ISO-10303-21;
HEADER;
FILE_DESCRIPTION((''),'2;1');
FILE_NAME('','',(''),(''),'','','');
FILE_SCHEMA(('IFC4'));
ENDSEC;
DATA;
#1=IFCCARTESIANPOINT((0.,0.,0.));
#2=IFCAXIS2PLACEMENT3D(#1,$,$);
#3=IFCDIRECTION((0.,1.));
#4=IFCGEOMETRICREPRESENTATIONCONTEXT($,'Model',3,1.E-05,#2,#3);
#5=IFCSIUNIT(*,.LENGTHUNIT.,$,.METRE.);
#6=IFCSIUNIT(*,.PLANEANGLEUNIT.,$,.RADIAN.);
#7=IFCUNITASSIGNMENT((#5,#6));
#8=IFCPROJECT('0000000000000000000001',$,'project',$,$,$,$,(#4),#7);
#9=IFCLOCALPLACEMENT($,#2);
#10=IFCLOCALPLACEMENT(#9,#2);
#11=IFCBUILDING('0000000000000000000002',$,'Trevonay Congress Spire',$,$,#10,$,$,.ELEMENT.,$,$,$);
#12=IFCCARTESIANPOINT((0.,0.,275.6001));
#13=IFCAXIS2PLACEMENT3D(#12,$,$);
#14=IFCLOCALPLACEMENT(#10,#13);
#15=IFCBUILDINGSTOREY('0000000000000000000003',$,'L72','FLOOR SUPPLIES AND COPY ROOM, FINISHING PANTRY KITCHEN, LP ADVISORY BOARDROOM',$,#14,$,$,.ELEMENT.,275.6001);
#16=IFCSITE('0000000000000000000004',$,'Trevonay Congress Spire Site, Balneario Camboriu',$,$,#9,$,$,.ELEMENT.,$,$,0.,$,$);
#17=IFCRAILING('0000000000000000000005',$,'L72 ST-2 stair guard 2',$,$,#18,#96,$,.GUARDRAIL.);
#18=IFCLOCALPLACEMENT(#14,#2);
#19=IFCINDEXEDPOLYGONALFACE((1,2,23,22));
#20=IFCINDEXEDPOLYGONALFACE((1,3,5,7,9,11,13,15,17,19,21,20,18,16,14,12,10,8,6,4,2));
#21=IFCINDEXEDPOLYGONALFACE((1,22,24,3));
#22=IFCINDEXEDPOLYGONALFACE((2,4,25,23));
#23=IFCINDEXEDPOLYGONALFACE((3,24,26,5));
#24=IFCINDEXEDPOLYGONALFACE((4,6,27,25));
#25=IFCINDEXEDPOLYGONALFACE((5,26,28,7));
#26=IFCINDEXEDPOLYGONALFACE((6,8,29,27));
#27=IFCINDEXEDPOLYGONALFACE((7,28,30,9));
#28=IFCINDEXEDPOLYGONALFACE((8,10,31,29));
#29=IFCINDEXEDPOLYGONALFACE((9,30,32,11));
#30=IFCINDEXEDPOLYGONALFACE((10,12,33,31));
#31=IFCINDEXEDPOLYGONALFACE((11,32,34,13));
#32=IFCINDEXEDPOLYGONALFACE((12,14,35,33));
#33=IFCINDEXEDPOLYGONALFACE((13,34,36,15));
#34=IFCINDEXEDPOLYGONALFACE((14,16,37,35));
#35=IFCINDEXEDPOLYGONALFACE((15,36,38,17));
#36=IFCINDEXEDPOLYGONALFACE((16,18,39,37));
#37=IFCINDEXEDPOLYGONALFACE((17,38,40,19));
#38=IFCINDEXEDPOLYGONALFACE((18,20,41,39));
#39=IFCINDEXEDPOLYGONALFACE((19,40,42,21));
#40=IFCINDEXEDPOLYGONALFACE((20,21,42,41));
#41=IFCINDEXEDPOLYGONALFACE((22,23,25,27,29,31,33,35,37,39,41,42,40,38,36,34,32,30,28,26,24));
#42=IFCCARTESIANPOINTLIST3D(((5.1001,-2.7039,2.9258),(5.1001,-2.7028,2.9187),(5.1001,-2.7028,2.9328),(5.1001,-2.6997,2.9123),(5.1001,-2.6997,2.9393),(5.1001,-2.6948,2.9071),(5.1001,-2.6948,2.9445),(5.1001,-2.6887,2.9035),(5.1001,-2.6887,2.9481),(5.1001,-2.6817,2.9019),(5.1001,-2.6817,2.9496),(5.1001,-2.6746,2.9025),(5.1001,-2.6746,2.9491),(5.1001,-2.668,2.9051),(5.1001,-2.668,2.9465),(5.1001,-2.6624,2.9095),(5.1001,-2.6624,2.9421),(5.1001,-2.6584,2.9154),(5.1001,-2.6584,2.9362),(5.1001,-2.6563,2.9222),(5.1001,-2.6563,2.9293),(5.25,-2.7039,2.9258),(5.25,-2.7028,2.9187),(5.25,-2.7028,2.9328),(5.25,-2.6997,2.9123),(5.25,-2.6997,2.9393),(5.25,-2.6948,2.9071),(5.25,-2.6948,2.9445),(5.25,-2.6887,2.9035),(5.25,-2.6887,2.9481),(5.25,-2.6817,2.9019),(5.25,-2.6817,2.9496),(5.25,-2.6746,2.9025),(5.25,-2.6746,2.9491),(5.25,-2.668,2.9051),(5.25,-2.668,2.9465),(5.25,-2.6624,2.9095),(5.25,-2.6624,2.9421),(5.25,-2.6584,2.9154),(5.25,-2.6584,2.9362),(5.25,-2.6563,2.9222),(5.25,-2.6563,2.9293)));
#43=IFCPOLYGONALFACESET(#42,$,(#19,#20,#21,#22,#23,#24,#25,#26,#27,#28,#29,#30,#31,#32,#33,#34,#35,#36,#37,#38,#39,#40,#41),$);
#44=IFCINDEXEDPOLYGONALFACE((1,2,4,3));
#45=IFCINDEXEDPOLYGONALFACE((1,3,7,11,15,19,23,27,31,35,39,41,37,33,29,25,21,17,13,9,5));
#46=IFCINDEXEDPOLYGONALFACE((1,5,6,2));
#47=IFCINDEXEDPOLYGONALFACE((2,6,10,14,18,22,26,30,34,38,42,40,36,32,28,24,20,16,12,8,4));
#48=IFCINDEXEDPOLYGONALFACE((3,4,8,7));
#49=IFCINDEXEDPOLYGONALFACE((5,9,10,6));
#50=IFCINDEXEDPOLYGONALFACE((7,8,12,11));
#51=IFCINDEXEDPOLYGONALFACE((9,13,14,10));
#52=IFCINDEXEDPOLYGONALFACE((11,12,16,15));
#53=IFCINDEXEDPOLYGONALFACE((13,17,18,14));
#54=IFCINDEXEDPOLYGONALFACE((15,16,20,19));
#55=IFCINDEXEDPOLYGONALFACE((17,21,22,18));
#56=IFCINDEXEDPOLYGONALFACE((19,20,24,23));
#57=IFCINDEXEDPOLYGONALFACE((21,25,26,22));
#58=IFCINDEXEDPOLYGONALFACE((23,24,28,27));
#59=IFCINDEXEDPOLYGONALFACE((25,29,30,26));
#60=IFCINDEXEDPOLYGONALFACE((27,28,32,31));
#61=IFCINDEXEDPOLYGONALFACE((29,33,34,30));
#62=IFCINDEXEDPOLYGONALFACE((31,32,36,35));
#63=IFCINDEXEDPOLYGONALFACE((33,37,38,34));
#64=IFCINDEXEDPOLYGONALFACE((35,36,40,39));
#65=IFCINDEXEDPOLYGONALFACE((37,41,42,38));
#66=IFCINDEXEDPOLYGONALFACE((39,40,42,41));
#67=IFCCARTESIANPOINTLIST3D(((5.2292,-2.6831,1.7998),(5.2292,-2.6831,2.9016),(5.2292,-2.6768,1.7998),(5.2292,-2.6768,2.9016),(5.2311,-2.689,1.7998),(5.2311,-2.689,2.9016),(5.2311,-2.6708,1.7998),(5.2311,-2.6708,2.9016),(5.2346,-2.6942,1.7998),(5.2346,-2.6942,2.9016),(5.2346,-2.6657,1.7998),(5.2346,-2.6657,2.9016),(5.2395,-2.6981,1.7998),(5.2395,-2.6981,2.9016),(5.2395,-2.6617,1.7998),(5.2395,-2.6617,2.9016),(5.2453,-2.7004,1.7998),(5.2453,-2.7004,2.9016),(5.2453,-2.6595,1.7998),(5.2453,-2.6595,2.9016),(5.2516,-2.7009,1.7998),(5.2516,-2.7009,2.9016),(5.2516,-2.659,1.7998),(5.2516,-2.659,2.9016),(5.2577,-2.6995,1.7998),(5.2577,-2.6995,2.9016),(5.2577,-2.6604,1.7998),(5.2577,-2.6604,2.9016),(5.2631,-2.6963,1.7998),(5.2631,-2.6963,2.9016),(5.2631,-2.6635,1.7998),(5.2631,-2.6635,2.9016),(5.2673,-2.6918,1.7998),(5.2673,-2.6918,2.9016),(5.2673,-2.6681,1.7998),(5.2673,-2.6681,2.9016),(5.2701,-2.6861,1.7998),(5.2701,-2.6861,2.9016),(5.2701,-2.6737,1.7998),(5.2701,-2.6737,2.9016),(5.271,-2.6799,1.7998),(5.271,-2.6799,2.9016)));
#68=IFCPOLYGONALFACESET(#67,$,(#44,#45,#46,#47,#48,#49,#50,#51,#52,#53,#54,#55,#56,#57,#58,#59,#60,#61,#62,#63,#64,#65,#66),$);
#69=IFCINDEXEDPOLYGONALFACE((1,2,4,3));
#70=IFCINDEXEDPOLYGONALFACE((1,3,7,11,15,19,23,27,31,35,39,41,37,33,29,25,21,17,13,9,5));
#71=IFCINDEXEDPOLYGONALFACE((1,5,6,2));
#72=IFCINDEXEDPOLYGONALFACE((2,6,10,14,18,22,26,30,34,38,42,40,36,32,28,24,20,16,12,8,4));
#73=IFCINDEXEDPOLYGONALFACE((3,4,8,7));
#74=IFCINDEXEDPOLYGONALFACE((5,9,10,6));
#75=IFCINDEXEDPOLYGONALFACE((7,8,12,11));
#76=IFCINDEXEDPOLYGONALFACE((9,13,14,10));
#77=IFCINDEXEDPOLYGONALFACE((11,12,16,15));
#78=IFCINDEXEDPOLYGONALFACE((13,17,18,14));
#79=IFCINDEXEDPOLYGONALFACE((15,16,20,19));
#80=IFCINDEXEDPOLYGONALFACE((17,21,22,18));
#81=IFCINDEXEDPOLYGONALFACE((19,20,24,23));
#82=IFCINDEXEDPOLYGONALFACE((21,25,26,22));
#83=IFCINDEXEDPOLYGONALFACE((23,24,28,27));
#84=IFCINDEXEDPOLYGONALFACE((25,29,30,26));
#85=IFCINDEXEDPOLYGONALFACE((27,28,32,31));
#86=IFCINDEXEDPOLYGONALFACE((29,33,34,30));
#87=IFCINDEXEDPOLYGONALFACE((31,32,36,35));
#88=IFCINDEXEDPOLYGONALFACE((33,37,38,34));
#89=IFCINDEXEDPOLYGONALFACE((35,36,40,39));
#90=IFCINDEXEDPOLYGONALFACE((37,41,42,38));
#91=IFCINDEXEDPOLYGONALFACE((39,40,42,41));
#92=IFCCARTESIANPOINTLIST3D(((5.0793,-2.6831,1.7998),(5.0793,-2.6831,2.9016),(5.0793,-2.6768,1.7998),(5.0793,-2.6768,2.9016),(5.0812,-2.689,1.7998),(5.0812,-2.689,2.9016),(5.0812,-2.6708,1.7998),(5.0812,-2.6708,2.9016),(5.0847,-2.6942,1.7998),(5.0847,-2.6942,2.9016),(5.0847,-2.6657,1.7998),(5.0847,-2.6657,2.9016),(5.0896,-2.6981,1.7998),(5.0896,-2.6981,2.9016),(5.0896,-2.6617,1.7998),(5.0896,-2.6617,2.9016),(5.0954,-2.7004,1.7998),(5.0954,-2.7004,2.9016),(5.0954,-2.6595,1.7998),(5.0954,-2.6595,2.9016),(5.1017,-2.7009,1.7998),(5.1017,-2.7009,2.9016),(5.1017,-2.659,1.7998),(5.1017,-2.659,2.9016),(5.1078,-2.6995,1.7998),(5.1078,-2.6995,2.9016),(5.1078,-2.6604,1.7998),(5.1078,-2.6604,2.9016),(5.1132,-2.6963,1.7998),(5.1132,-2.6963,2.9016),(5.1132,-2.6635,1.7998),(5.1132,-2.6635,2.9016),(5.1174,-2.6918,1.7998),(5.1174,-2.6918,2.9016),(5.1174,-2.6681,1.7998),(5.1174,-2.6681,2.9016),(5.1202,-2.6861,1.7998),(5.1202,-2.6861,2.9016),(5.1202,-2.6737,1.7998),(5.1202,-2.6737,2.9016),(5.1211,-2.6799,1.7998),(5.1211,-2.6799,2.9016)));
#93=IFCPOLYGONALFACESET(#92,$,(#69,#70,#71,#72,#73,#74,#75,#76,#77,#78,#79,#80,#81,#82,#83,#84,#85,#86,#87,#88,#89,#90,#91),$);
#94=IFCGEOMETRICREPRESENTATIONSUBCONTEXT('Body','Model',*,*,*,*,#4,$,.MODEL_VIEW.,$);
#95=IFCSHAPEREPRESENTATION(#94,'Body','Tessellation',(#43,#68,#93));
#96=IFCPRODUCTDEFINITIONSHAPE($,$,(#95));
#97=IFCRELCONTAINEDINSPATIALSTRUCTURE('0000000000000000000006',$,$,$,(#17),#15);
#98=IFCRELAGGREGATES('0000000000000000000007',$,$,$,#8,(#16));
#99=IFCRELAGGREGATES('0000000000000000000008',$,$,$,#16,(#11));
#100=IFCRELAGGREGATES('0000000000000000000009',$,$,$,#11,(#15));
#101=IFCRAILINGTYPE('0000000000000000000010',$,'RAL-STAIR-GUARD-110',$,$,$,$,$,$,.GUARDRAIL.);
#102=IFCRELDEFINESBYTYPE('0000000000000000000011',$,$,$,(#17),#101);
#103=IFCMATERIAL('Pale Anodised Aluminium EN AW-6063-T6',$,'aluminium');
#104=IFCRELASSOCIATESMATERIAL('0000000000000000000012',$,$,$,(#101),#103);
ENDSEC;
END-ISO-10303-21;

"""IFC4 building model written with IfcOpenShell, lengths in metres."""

from ifc_helpers import new_model, si_unit, direction, frame, origin, origin_2d, place, context, subcontext, project, spatial, circle, extrude, material, type_object, element, save


model = new_model("IFC4")

# Units and contexts
model_context = context("Model", 3, precision=1e-05, world=origin(), true_north=direction((0.0, 1.0)))
body_context = subcontext(model_context, "Body", "Model", "MODEL_VIEW")
ifc_project = project(units=[si_unit("LENGTHUNIT", "METRE"), si_unit("PLANEANGLEUNIT", "RADIAN")], contexts=[model_context])

# Site, building, storey
site_placement = place(None, origin())
site = spatial("IfcSite", under=ifc_project, at=site_placement, Name="Trevonay Congress Spire Site, Balneario Camboriu", CompositionType="ELEMENT", RefElevation=0.0)
building_placement = place(site_placement, origin())
building = spatial("IfcBuilding", under=site, at=building_placement, Name="Trevonay Congress Spire", CompositionType="ELEMENT")
storey_placement = place(building_placement, frame((0.0, 0.0, 275.6001)))
storey = spatial("IfcBuildingStorey", under=building, at=storey_placement, Name="L72", Description="FLOOR SUPPLIES AND COPY ROOM, FINISHING PANTRY KITCHEN, LP ADVISORY BOARDROOM", CompositionType="ELEMENT", Elevation=275.6001)

# Railing
ifc_material_1 = material(Name="Pale Anodised Aluminium EN AW-6063-T6", Category="aluminium")
railing_type_1 = type_object("IfcRailingType", Name="RAL-STAIR-GUARD-110", PredefinedType="GUARDRAIL", material=ifc_material_1)
railing_1_placement = place(storey_placement, frame((5.25, -2.6799, 1.7998)))
element("IfcRailing", 1, at=railing_1_placement, inside=storey, type_object=railing_type_1, Name="L72 ST-2 stair guard 2", PredefinedType="GUARDRAIL", context=body_context, shape_type="SweptSolid", body=[
    extrude(circle(Radius=0.0239, at=origin_2d()), frame((0.0, 0.0, 1.126), z_axis=(-1.0, 0.0, 0.0), x_axis=(0.0, -1.0, 0.0)), (0.0, 0.0, 1.0), 0.1499),
    extrude(circle(Radius=0.021, at=origin_2d()), origin(), (0.0, 0.0, 1.0), 1.1018),
    extrude(circle(Radius=0.021, at=origin_2d()), frame((-0.1499, 0.0, 0.0)), (0.0, 0.0, 1.0), 1.1018),
])

save(model, "model.ifc")
